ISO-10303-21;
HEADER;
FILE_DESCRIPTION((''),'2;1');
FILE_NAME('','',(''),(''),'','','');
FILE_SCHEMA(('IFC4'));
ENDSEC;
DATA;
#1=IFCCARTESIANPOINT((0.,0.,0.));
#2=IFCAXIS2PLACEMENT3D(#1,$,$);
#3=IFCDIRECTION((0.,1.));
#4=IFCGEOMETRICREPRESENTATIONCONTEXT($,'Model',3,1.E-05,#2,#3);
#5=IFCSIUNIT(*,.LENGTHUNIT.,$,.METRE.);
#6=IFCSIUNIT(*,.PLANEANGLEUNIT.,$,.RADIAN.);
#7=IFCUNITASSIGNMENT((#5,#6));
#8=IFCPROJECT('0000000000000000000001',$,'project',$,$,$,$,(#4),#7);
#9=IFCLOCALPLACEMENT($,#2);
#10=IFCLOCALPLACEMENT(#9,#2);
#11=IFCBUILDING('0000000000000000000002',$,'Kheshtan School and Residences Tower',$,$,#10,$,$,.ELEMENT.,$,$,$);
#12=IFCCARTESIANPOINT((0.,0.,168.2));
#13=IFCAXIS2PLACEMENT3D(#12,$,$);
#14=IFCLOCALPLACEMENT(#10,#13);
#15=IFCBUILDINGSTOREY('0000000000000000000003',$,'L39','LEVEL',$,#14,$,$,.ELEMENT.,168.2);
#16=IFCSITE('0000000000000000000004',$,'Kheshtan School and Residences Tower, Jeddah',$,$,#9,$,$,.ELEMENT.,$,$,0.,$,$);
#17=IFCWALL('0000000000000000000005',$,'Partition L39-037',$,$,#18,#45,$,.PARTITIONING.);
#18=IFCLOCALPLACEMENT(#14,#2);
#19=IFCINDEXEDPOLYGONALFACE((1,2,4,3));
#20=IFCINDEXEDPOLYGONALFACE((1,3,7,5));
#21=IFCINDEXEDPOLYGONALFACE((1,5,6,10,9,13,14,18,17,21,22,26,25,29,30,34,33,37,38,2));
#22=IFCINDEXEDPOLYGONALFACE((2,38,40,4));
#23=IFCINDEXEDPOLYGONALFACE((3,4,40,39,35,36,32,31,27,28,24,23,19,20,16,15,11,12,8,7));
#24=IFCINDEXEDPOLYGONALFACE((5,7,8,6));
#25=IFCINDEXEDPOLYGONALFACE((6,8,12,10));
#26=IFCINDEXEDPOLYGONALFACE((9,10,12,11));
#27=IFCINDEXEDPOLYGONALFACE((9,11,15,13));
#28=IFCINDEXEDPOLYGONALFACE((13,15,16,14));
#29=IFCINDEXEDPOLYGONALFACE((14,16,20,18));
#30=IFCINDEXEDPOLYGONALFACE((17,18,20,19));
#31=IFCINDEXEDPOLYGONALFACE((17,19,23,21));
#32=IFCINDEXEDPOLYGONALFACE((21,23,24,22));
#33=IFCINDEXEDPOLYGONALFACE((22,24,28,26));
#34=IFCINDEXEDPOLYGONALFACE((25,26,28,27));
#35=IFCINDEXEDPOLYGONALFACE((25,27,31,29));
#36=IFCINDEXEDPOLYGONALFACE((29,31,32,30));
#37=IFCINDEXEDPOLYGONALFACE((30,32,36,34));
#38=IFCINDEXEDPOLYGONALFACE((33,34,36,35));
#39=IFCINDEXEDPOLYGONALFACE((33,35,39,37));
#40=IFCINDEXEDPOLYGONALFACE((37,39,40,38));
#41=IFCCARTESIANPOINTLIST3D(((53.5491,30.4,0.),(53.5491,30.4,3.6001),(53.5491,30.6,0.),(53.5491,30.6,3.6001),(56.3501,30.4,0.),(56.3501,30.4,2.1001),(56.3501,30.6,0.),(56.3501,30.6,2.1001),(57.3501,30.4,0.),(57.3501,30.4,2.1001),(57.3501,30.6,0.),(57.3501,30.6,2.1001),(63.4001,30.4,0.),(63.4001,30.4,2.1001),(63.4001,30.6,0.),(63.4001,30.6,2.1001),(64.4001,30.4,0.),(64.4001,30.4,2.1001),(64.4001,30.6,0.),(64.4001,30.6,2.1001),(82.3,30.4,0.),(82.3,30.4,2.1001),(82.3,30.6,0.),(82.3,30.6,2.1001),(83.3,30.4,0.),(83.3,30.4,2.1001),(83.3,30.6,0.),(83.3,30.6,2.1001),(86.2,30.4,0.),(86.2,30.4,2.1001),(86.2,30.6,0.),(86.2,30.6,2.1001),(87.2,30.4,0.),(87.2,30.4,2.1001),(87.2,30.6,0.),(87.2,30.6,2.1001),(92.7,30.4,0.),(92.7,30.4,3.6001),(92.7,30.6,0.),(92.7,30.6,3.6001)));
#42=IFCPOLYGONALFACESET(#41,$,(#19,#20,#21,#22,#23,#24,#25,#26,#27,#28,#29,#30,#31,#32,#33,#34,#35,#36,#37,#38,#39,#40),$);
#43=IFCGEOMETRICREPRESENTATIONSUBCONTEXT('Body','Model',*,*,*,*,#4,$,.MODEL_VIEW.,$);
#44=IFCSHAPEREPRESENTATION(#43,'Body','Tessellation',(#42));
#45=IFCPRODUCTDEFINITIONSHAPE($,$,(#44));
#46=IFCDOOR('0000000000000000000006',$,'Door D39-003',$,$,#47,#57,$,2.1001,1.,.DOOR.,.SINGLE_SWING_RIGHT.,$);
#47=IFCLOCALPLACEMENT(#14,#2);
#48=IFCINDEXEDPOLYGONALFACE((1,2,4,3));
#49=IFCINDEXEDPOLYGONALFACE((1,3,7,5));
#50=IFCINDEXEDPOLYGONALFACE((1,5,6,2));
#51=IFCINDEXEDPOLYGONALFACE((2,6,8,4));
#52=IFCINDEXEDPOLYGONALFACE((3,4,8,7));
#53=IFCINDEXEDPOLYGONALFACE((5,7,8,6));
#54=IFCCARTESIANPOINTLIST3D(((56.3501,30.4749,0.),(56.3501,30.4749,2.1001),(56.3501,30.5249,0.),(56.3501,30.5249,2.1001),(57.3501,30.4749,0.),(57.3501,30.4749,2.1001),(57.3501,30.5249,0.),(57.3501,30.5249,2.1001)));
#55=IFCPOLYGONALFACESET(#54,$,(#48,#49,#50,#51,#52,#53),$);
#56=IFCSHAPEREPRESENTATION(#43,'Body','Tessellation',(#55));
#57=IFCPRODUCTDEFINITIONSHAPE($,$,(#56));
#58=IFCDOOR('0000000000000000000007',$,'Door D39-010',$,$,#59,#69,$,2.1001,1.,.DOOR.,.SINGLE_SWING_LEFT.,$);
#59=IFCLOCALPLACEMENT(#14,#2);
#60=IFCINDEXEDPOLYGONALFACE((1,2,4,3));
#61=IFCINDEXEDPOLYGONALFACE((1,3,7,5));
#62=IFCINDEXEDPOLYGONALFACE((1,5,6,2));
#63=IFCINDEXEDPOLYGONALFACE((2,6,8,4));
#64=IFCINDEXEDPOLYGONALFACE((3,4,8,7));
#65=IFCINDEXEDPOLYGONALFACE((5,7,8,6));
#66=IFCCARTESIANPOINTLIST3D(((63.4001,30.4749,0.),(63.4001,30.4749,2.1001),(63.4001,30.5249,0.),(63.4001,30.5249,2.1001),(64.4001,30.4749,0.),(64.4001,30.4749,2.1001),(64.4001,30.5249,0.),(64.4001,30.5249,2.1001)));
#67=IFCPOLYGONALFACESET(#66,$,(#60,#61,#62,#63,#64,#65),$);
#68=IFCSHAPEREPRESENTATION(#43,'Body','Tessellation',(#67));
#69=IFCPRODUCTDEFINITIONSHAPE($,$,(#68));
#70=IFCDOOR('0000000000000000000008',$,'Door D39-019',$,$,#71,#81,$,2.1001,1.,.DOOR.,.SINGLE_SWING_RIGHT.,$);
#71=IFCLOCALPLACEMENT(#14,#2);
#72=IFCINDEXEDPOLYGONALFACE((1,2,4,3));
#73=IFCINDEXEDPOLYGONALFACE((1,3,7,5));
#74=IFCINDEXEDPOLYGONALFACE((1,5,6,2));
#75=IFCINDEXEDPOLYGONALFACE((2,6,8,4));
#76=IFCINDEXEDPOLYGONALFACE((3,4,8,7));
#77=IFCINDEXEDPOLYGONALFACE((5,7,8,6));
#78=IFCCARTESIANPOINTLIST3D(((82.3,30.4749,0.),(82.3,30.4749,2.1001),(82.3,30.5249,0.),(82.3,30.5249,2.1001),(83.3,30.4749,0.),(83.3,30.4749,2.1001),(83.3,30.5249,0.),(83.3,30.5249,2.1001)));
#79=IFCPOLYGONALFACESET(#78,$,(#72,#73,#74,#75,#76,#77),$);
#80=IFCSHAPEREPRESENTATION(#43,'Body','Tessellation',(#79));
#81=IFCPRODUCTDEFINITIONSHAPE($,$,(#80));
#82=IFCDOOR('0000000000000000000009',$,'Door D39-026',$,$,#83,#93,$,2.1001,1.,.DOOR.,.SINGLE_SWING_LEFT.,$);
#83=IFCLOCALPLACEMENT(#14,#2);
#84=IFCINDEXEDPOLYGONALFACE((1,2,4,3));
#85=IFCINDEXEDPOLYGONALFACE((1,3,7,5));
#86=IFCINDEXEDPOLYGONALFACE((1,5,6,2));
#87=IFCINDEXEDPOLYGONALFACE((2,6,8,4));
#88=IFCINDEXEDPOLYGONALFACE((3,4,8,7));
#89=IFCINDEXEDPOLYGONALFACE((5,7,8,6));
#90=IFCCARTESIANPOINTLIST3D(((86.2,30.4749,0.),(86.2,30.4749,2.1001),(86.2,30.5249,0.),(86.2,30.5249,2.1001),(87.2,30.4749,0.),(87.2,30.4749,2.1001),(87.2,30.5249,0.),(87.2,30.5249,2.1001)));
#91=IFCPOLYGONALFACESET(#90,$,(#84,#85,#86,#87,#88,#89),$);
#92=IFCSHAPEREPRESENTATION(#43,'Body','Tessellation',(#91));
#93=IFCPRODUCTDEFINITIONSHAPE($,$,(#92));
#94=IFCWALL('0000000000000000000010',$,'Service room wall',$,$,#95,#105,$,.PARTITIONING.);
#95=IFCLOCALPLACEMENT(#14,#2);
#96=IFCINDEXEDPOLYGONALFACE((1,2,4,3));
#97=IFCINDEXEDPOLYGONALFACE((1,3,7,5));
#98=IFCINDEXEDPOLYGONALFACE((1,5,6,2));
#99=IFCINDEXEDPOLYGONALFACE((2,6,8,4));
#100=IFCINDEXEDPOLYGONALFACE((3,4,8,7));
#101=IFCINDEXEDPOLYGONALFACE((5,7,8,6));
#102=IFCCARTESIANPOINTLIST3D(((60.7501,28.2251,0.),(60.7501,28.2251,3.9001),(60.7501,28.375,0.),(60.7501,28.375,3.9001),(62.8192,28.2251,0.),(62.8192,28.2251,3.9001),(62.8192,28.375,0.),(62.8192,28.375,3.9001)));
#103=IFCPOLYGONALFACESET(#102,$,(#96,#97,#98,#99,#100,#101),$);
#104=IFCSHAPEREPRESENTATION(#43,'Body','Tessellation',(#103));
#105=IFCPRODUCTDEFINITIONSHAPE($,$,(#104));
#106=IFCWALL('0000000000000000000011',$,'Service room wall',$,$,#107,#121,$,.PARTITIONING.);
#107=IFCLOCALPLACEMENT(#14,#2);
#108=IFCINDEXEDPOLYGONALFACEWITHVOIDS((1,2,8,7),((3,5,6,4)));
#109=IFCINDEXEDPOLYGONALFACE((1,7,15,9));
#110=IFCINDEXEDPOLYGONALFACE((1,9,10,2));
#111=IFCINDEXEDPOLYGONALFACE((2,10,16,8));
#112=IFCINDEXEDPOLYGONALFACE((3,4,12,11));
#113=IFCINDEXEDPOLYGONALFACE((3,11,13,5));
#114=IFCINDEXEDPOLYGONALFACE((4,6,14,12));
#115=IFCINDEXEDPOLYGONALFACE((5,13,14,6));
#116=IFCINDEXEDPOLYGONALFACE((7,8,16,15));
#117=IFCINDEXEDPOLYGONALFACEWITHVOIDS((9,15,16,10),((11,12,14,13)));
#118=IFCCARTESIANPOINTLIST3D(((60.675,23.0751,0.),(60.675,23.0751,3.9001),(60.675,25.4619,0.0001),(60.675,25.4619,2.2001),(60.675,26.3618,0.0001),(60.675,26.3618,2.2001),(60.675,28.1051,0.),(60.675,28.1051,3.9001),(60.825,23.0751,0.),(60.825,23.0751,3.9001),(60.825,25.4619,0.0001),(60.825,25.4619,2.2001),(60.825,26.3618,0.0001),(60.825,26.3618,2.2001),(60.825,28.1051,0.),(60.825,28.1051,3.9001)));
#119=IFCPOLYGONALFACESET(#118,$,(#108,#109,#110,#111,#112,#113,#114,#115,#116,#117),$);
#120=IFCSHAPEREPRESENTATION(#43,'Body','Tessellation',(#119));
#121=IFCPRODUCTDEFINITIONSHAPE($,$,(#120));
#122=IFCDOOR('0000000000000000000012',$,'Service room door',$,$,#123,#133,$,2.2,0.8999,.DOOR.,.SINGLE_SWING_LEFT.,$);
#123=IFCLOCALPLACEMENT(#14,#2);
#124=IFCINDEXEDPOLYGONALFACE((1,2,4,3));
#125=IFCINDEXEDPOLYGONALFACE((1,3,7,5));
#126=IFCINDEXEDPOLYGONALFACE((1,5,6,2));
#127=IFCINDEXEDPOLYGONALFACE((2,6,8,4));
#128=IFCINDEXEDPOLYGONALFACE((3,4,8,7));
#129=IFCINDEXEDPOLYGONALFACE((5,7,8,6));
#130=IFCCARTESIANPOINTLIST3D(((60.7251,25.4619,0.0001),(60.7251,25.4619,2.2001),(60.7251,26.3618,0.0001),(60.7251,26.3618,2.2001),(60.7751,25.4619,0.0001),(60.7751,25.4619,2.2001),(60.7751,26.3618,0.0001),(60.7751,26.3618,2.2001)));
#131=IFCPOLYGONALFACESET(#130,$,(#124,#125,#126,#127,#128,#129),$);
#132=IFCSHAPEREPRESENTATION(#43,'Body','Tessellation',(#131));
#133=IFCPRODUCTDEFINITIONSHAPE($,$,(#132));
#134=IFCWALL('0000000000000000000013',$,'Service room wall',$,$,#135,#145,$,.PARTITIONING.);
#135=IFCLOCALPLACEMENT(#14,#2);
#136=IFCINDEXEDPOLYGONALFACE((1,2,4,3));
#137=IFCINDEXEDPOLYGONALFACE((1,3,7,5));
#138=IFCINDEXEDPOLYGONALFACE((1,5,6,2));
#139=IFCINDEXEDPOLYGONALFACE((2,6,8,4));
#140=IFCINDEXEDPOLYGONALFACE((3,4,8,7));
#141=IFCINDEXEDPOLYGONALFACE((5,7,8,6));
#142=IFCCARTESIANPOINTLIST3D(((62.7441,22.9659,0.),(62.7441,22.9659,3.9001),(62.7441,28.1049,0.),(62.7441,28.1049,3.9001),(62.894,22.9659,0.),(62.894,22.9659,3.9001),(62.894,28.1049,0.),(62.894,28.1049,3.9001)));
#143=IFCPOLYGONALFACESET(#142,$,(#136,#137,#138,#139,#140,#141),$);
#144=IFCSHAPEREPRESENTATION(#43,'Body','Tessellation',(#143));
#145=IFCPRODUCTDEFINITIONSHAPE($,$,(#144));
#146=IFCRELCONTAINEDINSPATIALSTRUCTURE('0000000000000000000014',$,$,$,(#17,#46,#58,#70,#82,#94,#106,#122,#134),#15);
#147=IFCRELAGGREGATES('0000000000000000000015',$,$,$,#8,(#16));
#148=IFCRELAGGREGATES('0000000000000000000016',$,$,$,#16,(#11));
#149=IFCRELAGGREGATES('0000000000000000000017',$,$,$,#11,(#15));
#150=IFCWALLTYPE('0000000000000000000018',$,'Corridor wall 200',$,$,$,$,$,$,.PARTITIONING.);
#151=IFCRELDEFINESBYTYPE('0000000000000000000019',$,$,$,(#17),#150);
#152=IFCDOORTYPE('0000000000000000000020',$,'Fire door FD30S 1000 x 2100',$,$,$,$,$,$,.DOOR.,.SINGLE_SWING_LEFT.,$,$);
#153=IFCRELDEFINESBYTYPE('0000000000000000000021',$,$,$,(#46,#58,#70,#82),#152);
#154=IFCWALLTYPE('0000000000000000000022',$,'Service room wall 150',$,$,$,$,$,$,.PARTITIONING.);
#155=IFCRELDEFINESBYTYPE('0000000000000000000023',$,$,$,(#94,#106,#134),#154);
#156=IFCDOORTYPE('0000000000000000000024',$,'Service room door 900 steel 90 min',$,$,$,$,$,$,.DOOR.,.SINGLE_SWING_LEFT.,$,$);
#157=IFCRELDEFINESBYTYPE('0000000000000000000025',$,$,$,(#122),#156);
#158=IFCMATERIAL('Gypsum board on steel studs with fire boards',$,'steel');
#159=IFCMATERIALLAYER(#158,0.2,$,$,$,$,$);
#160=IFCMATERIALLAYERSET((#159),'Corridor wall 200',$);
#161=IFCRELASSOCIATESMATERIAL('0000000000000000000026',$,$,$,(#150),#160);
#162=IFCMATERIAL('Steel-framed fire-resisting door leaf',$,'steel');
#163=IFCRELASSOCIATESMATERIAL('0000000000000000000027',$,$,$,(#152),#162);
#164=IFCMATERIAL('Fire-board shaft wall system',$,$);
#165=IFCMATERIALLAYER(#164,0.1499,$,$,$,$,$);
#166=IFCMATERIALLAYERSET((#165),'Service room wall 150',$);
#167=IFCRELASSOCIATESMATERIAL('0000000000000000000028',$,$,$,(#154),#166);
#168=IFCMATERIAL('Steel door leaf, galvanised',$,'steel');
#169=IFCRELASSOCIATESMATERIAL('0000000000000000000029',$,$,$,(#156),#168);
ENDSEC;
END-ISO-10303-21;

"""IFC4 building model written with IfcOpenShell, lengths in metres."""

from ifc_helpers import new_model, si_unit, direction, frame, frame_2d, origin, place, context, subcontext, project, spatial, rectangle, extrude, source, transform, mapped, material, layer, layer_set, type_object, element, fill, save


model = new_model("IFC4")

# Units and contexts
model_context = context("Model", 3, precision=1e-05, world=origin(), true_north=direction((0.0, 1.0)))
body_context = subcontext(model_context, "Body", "Model", "MODEL_VIEW")
ifc_project = project(units=[si_unit("LENGTHUNIT", "METRE"), si_unit("PLANEANGLEUNIT", "RADIAN")], contexts=[model_context])

# Site, building, storey
site_placement = place(None, origin())
site = spatial("IfcSite", under=ifc_project, at=site_placement, Name="Kheshtan School and Residences Tower, Jeddah", CompositionType="ELEMENT", RefElevation=0.0)
building_placement = place(site_placement, origin())
building = spatial("IfcBuilding", under=site, at=building_placement, Name="Kheshtan School and Residences Tower", CompositionType="ELEMENT")
storey_placement = place(building_placement, frame((0.0, 0.0, 168.2)))
storey = spatial("IfcBuildingStorey", under=building, at=storey_placement, Name="L39", Description="LEVEL", CompositionType="ELEMENT", Elevation=168.2)

# Shared definitions
ifc_material_1 = material(Name="Gypsum board on steel studs with fire boards", Category="steel")
ifc_layer_1 = layer(ifc_material_1, 0.2)
ifc_layer_set_1 = layer_set([ifc_layer_1], Name="Corridor wall 200")
wall_type_1 = type_object("IfcWallType", Name="Corridor wall 200", PredefinedType="PARTITIONING", material=ifc_layer_set_1)
ifc_material_2 = material(Name="Steel-framed fire-resisting door leaf", Category="steel")

# Wall, openings, doors
wall_1_placement = place(storey_placement, frame((53.5491, 30.5, 0.0), z_axis=(0.0, 0.0, 1.0), x_axis=(1.0, 0.0, 0.0)))
wall_1 = element("IfcWall", 1, at=wall_1_placement, inside=storey, type_object=wall_type_1, Name="Partition L39-037", PredefinedType="PARTITIONING", context=body_context, shape_type="SweptSolid", body=[
    extrude(rectangle(XDim=39.1509, YDim=0.2, at=frame_2d((19.5754, 0.0))), origin(), (0.0, 0.0, 1.0), 3.6001),
])
opening_1_placement = place(wall_1_placement, frame((2.801, 0.0, 0.0)))
opening_1 = element("IfcOpeningElement", 2, at=opening_1_placement, cuts=wall_1, PredefinedType="OPENING", context=body_context, shape_type="SweptSolid", body=[
    extrude(rectangle(XDim=1.0, YDim=2.1001, at=frame_2d((0.5, 1.05))), frame((0.0, 0.1099, 0.0), z_axis=(0.0, -1.0, 0.0), x_axis=(1.0, 0.0, 0.0)), (0.0, 0.0, 1.0), 0.22),
])
opening_2_placement = place(wall_1_placement, frame((9.8511, 0.0, 0.0)))
opening_2 = element("IfcOpeningElement", 3, at=opening_2_placement, cuts=wall_1, PredefinedType="OPENING", context=body_context, shape_type="SweptSolid", body=[
    extrude(rectangle(XDim=1.0, YDim=2.1001, at=frame_2d((0.5, 1.05))), frame((0.0, 0.1099, 0.0), z_axis=(0.0, -1.0, 0.0), x_axis=(1.0, 0.0, 0.0)), (0.0, 0.0, 1.0), 0.22),
])
opening_3_placement = place(wall_1_placement, frame((28.751, 0.0, 0.0)))
opening_3 = element("IfcOpeningElement", 4, at=opening_3_placement, cuts=wall_1, PredefinedType="OPENING", context=body_context, shape_type="SweptSolid", body=[
    extrude(rectangle(XDim=1.0, YDim=2.1001, at=frame_2d((0.5, 1.05))), frame((0.0, 0.1099, 0.0), z_axis=(0.0, -1.0, 0.0), x_axis=(1.0, 0.0, 0.0)), (0.0, 0.0, 1.0), 0.22),
])
opening_4_placement = place(wall_1_placement, frame((32.6509, 0.0, 0.0)))
opening_4 = element("IfcOpeningElement", 5, at=opening_4_placement, cuts=wall_1, PredefinedType="OPENING", context=body_context, shape_type="SweptSolid", body=[
    extrude(rectangle(XDim=1.0, YDim=2.1001, at=frame_2d((0.5, 1.05))), frame((0.0, 0.1099, 0.0), z_axis=(0.0, -1.0, 0.0), x_axis=(1.0, 0.0, 0.0)), (0.0, 0.0, 1.0), 0.22),
])
door_type_1 = type_object("IfcDoorType", Name="Fire door FD30S 1000 x 2100", OperationType="SINGLE_SWING_LEFT", PredefinedType="DOOR", material=ifc_material_2)
shared_shape_1 = source(origin(), body_context, "Body", "SweptSolid", [
    extrude(rectangle(XDim=1.0, YDim=2.1001, at=frame_2d((0.5, 1.05))), frame((0.0, 0.0249, 0.0), z_axis=(0.0, -1.0, 0.0), x_axis=(1.0, 0.0, 0.0)), (0.0, 0.0, 1.0), 0.05),
])
door_1_placement = place(opening_1_placement, origin())
door_1 = element("IfcDoor", 6, at=door_1_placement, inside=storey, type_object=door_type_1, Name="Door D39-003", OperationType="SINGLE_SWING_RIGHT", OverallHeight=2.1001, OverallWidth=1.0, PredefinedType="DOOR", context=body_context, shape_type="MappedRepresentation", body=[
    mapped(shared_shape_1, transform((0.0, 0.0, 0.0), x_axis=(1.0, 0.0, 0.0), y_axis=(0.0, 1.0, 0.0), z_axis=(0.0, 0.0, 1.0), scale=1.0)),
])
fill(opening_1, door_1)
door_2_placement = place(opening_2_placement, origin())
door_2 = element("IfcDoor", 7, at=door_2_placement, inside=storey, type_object=door_type_1, Name="Door D39-010", OperationType="SINGLE_SWING_LEFT", OverallHeight=2.1001, OverallWidth=1.0, PredefinedType="DOOR", context=body_context, shape_type="MappedRepresentation", body=[
    mapped(shared_shape_1, transform((0.0, 0.0, 0.0), x_axis=(1.0, 0.0, 0.0), y_axis=(0.0, 1.0, 0.0), z_axis=(0.0, 0.0, 1.0), scale=1.0)),
])
fill(opening_2, door_2)
door_3_placement = place(opening_3_placement, origin())
door_3 = element("IfcDoor", 8, at=door_3_placement, inside=storey, type_object=door_type_1, Name="Door D39-019", OperationType="SINGLE_SWING_RIGHT", OverallHeight=2.1001, OverallWidth=1.0, PredefinedType="DOOR", context=body_context, shape_type="MappedRepresentation", body=[
    mapped(shared_shape_1, transform((0.0, 0.0, 0.0), x_axis=(1.0, 0.0, 0.0), y_axis=(0.0, 1.0, 0.0), z_axis=(0.0, 0.0, 1.0), scale=1.0)),
])
fill(opening_3, door_3)
door_4_placement = place(opening_4_placement, origin())
door_4 = element("IfcDoor", 9, at=door_4_placement, inside=storey, type_object=door_type_1, Name="Door D39-026", OperationType="SINGLE_SWING_LEFT", OverallHeight=2.1001, OverallWidth=1.0, PredefinedType="DOOR", context=body_context, shape_type="MappedRepresentation", body=[
    mapped(shared_shape_1, transform((0.0, 0.0, 0.0), x_axis=(1.0, 0.0, 0.0), y_axis=(0.0, 1.0, 0.0), z_axis=(0.0, 0.0, 1.0), scale=1.0)),
])
fill(opening_4, door_4)

# Wall
ifc_material_3 = material(Name="Fire-board shaft wall system")
ifc_layer_2 = layer(ifc_material_3, 0.1499)
ifc_layer_set_2 = layer_set([ifc_layer_2], Name="Service room wall 150")
wall_type_2 = type_object("IfcWallType", Name="Service room wall 150", PredefinedType="PARTITIONING", material=ifc_layer_set_2)
wall_2_placement = place(storey_placement, frame((60.75, 28.3, 0.0), z_axis=(0.0, 0.0, 1.0), x_axis=(1.0, 0.0, 0.0)))
element("IfcWall", 10, at=wall_2_placement, inside=storey, type_object=wall_type_2, Name="Service room wall", PredefinedType="PARTITIONING", context=body_context, shape_type="SweptSolid", body=[
    extrude(rectangle(XDim=2.0691, YDim=0.1499, at=frame_2d((1.0347, 0.0))), origin(), (0.0, 0.0, 1.0), 3.9001),
])

# Wall, opening, door
wall_3_placement = place(storey_placement, frame((60.75, 23.075, 0.0), z_axis=(0.0, 0.0, 1.0), x_axis=(0.0, 1.0, 0.0)))
wall_3 = element("IfcWall", 11, at=wall_3_placement, inside=storey, type_object=wall_type_2, Name="Service room wall", PredefinedType="PARTITIONING", context=body_context, shape_type="SweptSolid", body=[
    extrude(rectangle(XDim=5.03, YDim=0.1499, at=frame_2d((2.5151, 0.0))), origin(), (0.0, 0.0, 1.0), 3.9001),
])
opening_5_placement = place(wall_3_placement, frame((2.387, 0.0, 0.0)))
opening_5 = element("IfcOpeningElement", 12, at=opening_5_placement, cuts=wall_3, PredefinedType="OPENING", context=body_context, shape_type="SweptSolid", body=[
    extrude(rectangle(XDim=0.8999, YDim=2.2, at=frame_2d((0.45, 1.1001))), frame((0.0, 0.085, 0.0), z_axis=(0.0, -1.0, 0.0), x_axis=(1.0, 0.0, 0.0)), (0.0, 0.0, 1.0), 0.1699),
])
ifc_material_4 = material(Name="Steel door leaf, galvanised", Category="steel")
door_type_2 = type_object("IfcDoorType", Name="Service room door 900 steel 90 min", OperationType="SINGLE_SWING_LEFT", PredefinedType="DOOR", material=ifc_material_4)
shared_shape_2 = source(origin(), body_context, "Body", "SweptSolid", [
    extrude(rectangle(XDim=0.8999, YDim=2.2, at=frame_2d((0.45, 1.1001))), frame((0.0, 0.0249, 0.0), z_axis=(0.0, -1.0, 0.0), x_axis=(1.0, 0.0, 0.0)), (0.0, 0.0, 1.0), 0.05),
])
door_5_placement = place(opening_5_placement, origin())
door_5 = element("IfcDoor", 13, at=door_5_placement, inside=storey, type_object=door_type_2, Name="Service room door", OperationType="SINGLE_SWING_LEFT", OverallHeight=2.2, OverallWidth=0.8999, PredefinedType="DOOR", context=body_context, shape_type="MappedRepresentation", body=[
    mapped(shared_shape_2, transform((0.0, 0.0, 0.0), x_axis=(1.0, 0.0, 0.0), y_axis=(0.0, 1.0, 0.0), z_axis=(0.0, 0.0, 1.0), scale=1.0)),
])
fill(opening_5, door_5)

# Wall
wall_4_placement = place(storey_placement, frame((62.8191, 22.9661, 0.0), z_axis=(0.0, 0.0, 1.0), x_axis=(0.0, 1.0, 0.0)))
element("IfcWall", 14, at=wall_4_placement, inside=storey, type_object=wall_type_2, Name="Service room wall", PredefinedType="PARTITIONING", context=body_context, shape_type="SweptSolid", body=[
    extrude(rectangle(XDim=5.1389, YDim=0.1499, at=frame_2d((2.5693, 0.0))), origin(), (0.0, 0.0, 1.0), 3.9001),
])

save(model, "model.ifc")
